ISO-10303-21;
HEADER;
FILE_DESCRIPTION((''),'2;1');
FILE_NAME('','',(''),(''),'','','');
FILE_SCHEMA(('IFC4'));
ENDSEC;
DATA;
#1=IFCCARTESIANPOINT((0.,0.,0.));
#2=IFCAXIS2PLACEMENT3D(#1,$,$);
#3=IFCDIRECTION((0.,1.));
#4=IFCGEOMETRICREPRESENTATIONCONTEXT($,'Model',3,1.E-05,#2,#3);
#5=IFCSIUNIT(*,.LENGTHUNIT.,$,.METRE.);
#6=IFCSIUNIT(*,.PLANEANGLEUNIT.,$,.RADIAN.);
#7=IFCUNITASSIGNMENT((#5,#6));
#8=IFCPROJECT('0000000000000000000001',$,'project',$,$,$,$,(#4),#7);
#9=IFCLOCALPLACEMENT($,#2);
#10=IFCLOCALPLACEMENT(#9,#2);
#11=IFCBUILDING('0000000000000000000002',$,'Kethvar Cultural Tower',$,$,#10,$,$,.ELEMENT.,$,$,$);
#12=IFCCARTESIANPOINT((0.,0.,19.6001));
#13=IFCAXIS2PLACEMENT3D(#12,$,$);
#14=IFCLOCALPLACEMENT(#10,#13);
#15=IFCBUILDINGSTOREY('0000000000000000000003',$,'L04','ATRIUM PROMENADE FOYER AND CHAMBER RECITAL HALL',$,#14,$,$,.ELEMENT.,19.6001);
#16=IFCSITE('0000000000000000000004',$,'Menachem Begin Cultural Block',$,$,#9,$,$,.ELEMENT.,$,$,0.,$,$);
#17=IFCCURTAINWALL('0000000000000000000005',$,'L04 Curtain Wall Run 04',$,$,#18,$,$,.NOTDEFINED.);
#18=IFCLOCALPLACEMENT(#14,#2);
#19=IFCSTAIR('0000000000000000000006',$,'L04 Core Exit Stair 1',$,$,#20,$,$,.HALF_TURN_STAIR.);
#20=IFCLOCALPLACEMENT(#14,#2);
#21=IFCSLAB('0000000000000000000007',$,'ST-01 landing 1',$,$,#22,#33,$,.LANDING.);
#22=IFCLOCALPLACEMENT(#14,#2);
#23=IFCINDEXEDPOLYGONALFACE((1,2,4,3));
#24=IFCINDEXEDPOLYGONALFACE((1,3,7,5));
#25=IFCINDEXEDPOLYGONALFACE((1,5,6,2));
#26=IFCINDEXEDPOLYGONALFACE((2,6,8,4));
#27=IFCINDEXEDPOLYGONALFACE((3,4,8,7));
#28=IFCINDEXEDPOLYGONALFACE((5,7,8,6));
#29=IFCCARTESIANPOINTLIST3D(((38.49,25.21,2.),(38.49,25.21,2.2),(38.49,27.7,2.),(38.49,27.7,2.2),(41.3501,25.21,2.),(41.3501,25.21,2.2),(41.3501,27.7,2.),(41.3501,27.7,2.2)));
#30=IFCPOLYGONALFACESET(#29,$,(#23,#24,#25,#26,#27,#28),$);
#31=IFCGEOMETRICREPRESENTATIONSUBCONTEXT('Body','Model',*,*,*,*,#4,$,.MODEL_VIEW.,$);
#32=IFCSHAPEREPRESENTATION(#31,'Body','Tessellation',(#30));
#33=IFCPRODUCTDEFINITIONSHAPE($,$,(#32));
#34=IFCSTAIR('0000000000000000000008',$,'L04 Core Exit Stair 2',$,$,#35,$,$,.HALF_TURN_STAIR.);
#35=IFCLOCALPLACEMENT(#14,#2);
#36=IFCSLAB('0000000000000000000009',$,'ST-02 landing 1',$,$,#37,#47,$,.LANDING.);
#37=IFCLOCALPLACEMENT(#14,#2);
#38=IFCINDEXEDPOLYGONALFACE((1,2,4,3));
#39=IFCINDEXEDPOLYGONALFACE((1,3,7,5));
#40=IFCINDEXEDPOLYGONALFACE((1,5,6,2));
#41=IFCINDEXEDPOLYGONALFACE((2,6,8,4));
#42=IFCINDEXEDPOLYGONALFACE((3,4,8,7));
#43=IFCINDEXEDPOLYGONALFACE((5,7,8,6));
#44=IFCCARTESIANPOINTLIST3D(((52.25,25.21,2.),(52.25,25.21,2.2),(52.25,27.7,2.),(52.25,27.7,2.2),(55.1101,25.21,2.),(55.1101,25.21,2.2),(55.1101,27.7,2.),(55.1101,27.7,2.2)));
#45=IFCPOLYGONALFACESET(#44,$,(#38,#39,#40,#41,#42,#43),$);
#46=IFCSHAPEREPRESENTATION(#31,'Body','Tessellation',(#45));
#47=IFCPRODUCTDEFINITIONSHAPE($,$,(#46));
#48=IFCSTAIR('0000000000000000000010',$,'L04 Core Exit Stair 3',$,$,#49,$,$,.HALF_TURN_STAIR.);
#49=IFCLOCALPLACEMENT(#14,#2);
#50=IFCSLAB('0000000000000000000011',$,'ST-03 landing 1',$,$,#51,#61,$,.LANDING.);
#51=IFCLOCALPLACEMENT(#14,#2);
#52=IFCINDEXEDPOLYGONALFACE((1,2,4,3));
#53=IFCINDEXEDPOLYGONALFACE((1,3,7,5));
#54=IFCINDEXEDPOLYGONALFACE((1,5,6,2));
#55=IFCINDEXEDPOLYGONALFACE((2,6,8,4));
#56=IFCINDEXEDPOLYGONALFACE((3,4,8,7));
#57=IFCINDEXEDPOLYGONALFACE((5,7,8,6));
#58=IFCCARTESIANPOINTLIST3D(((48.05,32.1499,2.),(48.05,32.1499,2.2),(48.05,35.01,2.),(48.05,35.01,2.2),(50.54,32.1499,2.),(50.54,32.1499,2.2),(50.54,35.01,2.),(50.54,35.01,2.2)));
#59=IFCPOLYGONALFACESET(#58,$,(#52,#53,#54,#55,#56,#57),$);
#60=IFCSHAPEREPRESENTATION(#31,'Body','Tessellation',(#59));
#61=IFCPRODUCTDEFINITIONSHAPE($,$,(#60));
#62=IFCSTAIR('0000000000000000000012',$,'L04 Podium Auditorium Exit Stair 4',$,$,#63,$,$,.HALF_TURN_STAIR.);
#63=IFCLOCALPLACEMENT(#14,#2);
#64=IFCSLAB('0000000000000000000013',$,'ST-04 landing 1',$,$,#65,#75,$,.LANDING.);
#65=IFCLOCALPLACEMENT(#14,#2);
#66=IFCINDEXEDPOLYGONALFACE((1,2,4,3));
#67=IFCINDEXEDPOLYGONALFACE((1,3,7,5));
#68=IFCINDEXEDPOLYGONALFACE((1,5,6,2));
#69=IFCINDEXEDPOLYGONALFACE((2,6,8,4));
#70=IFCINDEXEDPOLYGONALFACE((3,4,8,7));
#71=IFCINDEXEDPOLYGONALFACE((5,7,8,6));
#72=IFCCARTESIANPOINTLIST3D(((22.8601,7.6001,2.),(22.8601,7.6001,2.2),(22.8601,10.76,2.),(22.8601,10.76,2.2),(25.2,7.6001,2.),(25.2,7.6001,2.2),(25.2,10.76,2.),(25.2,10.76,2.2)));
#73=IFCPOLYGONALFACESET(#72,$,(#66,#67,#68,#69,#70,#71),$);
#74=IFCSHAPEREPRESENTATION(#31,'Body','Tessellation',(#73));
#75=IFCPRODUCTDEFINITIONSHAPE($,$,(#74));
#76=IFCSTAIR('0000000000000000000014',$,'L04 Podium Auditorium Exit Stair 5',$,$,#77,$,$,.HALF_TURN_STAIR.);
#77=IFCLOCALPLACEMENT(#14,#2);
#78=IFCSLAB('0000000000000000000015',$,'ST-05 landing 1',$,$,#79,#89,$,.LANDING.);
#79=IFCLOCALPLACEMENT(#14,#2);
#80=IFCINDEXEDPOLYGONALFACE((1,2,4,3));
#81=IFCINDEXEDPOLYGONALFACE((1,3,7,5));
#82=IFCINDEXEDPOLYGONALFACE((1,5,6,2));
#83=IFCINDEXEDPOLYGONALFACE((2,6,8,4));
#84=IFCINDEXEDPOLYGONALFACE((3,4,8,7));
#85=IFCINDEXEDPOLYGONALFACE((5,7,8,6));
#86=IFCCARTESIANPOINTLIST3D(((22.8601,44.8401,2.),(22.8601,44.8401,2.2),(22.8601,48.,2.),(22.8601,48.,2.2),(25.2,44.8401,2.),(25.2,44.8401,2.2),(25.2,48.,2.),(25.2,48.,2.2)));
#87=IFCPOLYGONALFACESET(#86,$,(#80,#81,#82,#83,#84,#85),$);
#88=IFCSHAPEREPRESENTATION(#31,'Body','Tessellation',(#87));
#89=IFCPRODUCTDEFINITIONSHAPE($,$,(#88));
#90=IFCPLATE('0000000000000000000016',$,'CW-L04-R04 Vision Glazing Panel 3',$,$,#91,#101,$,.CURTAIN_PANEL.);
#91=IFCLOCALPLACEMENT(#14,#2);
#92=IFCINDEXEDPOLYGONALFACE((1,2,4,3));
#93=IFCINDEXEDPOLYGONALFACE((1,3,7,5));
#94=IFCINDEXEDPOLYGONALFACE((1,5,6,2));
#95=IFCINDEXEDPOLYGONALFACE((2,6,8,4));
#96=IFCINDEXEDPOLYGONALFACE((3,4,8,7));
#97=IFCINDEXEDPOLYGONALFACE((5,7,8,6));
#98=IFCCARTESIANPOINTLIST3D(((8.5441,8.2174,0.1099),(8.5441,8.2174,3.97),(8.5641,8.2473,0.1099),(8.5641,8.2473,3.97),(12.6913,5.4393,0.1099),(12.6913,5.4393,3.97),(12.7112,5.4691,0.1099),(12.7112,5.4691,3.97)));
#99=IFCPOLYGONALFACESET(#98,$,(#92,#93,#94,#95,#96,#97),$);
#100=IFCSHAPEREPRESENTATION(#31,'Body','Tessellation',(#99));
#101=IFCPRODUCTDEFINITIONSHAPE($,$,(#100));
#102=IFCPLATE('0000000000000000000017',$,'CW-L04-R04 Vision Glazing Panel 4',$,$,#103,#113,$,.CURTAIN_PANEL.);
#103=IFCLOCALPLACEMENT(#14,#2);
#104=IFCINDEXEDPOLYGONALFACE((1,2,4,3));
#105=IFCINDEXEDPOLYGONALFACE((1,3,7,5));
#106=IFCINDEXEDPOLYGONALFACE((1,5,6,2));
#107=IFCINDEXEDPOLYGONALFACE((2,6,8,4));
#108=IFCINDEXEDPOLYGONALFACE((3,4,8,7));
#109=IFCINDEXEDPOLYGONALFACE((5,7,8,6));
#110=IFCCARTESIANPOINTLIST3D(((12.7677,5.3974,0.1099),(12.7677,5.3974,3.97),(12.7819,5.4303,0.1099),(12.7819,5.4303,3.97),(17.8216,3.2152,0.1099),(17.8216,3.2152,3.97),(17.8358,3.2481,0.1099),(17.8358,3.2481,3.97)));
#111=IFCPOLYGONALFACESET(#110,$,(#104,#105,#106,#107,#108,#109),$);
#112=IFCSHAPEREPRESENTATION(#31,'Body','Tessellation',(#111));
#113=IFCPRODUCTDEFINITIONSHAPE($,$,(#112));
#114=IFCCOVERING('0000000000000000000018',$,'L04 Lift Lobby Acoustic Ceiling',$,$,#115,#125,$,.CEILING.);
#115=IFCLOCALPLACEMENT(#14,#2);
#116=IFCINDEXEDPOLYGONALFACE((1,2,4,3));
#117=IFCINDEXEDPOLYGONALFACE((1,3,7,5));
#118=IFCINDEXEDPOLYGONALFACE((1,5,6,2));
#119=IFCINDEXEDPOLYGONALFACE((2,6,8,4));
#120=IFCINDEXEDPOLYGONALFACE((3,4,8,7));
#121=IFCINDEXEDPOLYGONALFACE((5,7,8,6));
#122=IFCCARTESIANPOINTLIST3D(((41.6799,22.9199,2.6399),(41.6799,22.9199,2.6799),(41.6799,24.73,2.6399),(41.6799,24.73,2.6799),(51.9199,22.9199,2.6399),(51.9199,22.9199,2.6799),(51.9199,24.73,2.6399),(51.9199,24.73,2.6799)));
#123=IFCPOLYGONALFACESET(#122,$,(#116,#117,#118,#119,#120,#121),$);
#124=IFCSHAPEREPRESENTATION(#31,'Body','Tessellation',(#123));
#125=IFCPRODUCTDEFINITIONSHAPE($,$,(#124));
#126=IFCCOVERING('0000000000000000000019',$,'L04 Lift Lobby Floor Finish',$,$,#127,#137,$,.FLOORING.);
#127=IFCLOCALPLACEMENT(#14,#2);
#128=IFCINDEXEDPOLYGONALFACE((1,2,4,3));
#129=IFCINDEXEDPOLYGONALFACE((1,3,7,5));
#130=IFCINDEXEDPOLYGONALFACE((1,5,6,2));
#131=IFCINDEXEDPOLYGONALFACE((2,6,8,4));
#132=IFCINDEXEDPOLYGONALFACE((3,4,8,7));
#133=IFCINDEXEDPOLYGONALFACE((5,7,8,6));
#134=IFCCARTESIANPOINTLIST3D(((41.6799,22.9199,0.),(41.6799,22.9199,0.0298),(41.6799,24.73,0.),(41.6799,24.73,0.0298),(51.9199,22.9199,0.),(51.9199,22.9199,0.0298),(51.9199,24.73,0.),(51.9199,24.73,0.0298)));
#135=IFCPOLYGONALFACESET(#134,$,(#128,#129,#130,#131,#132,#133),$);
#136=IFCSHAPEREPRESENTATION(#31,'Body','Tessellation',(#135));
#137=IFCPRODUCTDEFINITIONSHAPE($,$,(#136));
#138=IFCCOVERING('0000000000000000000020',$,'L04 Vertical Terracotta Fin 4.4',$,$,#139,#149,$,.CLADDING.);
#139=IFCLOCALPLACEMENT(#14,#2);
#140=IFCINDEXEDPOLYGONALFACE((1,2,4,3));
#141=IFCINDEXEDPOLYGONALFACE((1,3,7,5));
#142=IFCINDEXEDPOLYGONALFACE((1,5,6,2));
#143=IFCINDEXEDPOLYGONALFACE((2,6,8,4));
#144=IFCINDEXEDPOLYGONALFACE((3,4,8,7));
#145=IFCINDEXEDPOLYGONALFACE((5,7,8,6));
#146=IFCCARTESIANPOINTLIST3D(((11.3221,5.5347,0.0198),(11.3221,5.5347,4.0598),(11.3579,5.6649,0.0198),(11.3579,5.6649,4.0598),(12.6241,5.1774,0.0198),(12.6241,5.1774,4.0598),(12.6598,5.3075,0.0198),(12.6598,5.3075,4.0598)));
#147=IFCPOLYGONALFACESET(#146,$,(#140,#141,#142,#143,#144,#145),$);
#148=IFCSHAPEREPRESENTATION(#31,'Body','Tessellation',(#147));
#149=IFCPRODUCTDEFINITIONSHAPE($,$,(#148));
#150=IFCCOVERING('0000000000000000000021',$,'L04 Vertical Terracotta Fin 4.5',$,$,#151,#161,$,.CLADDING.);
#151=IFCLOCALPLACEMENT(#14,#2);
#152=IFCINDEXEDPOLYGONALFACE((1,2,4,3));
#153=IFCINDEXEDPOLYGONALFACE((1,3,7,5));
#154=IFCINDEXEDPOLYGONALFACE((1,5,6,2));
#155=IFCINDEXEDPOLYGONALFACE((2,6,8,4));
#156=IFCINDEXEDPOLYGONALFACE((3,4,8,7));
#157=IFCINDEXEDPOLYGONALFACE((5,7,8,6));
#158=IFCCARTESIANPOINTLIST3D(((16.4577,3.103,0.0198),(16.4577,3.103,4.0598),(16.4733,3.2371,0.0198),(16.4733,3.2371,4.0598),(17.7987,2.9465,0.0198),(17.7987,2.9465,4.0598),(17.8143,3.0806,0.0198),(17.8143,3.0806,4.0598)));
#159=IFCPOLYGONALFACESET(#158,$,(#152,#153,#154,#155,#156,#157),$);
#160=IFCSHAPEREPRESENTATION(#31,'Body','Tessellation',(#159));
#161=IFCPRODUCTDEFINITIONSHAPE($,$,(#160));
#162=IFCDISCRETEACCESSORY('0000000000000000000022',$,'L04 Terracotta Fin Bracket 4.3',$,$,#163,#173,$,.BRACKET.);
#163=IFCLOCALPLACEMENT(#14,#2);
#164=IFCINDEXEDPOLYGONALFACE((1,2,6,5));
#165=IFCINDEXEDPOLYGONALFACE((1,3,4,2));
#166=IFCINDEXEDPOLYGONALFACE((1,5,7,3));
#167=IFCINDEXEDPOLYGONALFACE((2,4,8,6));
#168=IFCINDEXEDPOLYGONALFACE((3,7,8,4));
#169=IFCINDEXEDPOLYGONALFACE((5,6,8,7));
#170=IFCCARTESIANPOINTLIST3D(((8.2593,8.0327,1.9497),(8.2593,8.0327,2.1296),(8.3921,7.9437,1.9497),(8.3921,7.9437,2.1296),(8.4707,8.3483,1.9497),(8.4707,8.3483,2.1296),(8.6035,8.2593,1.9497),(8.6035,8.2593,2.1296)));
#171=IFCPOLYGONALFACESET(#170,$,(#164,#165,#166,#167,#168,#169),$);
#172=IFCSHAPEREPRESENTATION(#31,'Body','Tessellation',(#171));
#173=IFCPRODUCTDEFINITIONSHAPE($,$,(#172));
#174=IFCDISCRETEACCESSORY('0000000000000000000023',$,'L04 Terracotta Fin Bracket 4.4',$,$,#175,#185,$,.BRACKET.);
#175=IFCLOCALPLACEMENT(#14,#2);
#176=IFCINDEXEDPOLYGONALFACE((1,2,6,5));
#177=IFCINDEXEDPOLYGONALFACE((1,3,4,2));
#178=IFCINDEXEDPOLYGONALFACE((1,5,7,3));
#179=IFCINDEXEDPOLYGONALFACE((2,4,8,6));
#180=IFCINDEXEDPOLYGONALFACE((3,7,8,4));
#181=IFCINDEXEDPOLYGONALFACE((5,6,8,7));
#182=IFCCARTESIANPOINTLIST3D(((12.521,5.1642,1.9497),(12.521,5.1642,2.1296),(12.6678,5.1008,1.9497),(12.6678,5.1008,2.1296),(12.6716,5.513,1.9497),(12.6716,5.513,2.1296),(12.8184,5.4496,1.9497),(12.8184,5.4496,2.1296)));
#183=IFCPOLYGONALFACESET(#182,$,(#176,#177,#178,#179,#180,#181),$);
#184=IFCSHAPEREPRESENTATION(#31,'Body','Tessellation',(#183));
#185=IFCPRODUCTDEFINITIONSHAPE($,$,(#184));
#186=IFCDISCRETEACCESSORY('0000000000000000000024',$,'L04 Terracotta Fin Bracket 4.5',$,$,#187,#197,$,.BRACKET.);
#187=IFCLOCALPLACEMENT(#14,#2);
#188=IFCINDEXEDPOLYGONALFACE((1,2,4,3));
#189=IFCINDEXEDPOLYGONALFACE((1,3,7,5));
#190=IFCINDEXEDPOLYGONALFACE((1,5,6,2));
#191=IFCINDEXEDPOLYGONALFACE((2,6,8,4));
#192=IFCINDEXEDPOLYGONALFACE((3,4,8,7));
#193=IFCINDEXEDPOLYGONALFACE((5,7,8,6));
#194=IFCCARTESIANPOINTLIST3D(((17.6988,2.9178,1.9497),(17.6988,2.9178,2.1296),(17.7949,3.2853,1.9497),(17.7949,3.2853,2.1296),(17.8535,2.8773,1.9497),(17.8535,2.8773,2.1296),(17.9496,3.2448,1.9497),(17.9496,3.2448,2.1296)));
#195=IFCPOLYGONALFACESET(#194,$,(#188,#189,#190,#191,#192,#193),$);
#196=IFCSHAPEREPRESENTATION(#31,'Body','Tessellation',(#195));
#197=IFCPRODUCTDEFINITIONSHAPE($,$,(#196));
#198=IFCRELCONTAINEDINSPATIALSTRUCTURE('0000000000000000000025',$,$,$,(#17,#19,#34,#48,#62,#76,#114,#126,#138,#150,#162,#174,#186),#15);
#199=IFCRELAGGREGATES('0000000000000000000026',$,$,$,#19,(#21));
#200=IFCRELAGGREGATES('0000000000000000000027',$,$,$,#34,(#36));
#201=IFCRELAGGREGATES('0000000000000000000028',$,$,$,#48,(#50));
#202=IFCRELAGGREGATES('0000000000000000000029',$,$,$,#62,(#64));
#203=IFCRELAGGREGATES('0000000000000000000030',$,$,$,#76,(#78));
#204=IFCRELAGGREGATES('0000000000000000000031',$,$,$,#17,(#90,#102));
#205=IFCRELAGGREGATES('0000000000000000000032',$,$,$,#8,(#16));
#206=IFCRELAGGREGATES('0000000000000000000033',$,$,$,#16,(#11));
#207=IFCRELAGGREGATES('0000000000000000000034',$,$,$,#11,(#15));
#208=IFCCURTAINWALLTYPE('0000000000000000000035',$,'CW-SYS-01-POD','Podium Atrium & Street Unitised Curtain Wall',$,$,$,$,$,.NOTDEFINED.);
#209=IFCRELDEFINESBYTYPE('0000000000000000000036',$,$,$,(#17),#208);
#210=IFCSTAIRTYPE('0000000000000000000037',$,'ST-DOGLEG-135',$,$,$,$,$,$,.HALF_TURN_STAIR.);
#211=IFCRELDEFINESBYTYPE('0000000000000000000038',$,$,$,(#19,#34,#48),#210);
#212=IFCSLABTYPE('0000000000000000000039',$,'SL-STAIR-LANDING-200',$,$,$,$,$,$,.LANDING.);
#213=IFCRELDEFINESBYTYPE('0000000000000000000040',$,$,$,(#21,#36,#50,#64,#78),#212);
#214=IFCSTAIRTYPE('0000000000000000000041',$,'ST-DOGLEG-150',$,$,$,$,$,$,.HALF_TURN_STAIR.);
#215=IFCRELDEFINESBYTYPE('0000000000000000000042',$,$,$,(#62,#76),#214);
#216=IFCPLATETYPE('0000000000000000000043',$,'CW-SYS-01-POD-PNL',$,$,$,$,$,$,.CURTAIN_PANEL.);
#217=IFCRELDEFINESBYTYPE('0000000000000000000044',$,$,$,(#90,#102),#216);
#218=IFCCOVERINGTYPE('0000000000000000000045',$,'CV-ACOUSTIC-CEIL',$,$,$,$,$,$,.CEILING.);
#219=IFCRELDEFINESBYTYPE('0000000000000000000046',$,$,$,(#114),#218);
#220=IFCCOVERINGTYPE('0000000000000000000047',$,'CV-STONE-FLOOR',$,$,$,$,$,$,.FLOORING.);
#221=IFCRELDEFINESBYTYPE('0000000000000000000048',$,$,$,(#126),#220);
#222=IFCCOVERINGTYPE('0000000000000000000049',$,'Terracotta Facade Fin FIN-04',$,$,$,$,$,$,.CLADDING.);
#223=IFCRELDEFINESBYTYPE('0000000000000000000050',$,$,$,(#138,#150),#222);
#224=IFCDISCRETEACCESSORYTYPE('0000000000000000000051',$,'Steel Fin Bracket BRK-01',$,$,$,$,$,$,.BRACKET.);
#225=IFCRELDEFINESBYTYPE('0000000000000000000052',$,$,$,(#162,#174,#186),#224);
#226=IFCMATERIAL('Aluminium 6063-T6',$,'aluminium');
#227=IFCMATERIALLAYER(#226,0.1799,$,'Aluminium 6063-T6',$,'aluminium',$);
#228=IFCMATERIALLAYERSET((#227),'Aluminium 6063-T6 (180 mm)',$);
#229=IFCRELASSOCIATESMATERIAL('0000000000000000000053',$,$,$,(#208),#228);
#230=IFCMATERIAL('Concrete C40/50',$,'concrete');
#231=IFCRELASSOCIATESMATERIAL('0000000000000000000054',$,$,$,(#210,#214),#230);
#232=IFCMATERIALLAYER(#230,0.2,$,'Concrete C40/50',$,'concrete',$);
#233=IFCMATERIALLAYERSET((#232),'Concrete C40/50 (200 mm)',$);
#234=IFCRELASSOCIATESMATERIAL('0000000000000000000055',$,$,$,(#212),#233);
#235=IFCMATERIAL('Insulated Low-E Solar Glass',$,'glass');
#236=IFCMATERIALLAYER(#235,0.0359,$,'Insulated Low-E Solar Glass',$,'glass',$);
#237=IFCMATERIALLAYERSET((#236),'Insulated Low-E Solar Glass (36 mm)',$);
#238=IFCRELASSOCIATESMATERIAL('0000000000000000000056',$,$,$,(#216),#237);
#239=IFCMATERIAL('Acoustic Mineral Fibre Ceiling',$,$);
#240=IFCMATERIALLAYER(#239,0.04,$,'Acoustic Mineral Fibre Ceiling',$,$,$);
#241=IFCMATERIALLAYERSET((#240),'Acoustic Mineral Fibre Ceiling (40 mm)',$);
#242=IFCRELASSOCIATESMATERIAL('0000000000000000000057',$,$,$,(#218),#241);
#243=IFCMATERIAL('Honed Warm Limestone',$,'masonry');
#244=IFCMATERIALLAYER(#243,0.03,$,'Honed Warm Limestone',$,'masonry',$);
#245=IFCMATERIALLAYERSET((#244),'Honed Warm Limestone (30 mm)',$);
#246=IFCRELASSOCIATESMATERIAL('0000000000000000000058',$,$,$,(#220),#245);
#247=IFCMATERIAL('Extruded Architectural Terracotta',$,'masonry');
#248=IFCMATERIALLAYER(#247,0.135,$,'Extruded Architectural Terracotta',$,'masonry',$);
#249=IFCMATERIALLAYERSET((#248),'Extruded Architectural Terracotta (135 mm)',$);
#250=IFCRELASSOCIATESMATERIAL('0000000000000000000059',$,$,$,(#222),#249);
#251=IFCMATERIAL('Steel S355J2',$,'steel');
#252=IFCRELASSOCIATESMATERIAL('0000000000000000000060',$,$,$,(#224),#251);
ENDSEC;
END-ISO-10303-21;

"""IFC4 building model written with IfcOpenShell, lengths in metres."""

from ifc_helpers import new_model, si_unit, direction, frame, origin, origin_2d, place, context, subcontext, project, spatial, polyline, rectangle, outline, extrude, source, transform, mapped, material, layer, layer_set, type_object, element, aggregate, save


model = new_model("IFC4")

# Units and contexts
model_context = context("Model", 3, precision=1e-05, world=origin(), true_north=direction((0.0, 1.0)))
body_context = subcontext(model_context, "Body", "Model", "MODEL_VIEW")
ifc_project = project(units=[si_unit("LENGTHUNIT", "METRE"), si_unit("PLANEANGLEUNIT", "RADIAN")], contexts=[model_context])

# Site, building, storey
site_placement = place(None, origin())
site = spatial("IfcSite", under=ifc_project, at=site_placement, Name="Menachem Begin Cultural Block", CompositionType="ELEMENT", RefElevation=0.0)
building_placement = place(site_placement, origin())
building = spatial("IfcBuilding", under=site, at=building_placement, Name="Kethvar Cultural Tower", CompositionType="ELEMENT")
storey_placement = place(building_placement, frame((0.0, 0.0, 19.6001)))
storey = spatial("IfcBuildingStorey", under=building, at=storey_placement, Name="L04", Description="ATRIUM PROMENADE FOYER AND CHAMBER RECITAL HALL", CompositionType="ELEMENT", Elevation=19.6001)

# Curtain wall
ifc_material_1 = material(Name="Aluminium 6063-T6", Category="aluminium")
ifc_layer_1 = layer(ifc_material_1, 0.1799, Name="Aluminium 6063-T6", Category="aluminium")
ifc_layer_set_1 = layer_set([ifc_layer_1], Name="Aluminium 6063-T6 (180 mm)")
curtain_wall_type = type_object("IfcCurtainWallType", Name="CW-SYS-01-POD", Description="Podium Atrium & Street Unitised Curtain Wall", PredefinedType="NOTDEFINED", material=ifc_layer_set_1)
curtain_wall_placement = place(storey_placement, origin())
curtain_wall = element("IfcCurtainWall", 1, at=curtain_wall_placement, inside=storey, type_object=curtain_wall_type, Name="L04 Curtain Wall Run 04", PredefinedType="NOTDEFINED")

# Shared definitions
ifc_material_2 = material(Name="Concrete C40/50", Category="concrete")

# Stairs, slabs
stair_type_1 = type_object("IfcStairType", Name="ST-DOGLEG-135", PredefinedType="HALF_TURN_STAIR", material=ifc_material_2)
stair_1_placement = place(storey_placement, origin())
stair_1 = element("IfcStair", 2, at=stair_1_placement, inside=storey, type_object=stair_type_1, Name="L04 Core Exit Stair 1", PredefinedType="HALF_TURN_STAIR")
ifc_layer_2 = layer(ifc_material_2, 0.2, Name="Concrete C40/50", Category="concrete")
ifc_layer_set_2 = layer_set([ifc_layer_2], Name="Concrete C40/50 (200 mm)")
slab_type_1 = type_object("IfcSlabType", Name="SL-STAIR-LANDING-200", PredefinedType="LANDING", material=ifc_layer_set_2)
slab_1_placement = place(storey_placement, frame((0.0, 0.0, 2.0)))
slab_1 = element("IfcSlab", 3, at=slab_1_placement, type_object=slab_type_1, Name="ST-01 landing 1", PredefinedType="LANDING", context=body_context, shape_type="SweptSolid", body=[
    extrude(outline(polyline([(41.3501, 25.21), (41.3501, 27.7), (38.49, 27.7), (38.49, 25.21), (41.3501, 25.21)])), origin(), (0.0, 0.0, 1.0), 0.2),
])
aggregate(stair_1, [slab_1])
stair_2_placement = place(storey_placement, origin())
stair_2 = element("IfcStair", 4, at=stair_2_placement, inside=storey, type_object=stair_type_1, Name="L04 Core Exit Stair 2", PredefinedType="HALF_TURN_STAIR")
slab_2_placement = place(storey_placement, frame((0.0, 0.0, 2.0)))
slab_2 = element("IfcSlab", 5, at=slab_2_placement, type_object=slab_type_1, Name="ST-02 landing 1", PredefinedType="LANDING", context=body_context, shape_type="SweptSolid", body=[
    extrude(outline(polyline([(55.1101, 25.21), (55.1101, 27.7), (52.25, 27.7), (52.25, 25.21), (55.1101, 25.21)])), origin(), (0.0, 0.0, 1.0), 0.2),
])
aggregate(stair_2, [slab_2])
stair_3_placement = place(storey_placement, origin())
stair_3 = element("IfcStair", 6, at=stair_3_placement, inside=storey, type_object=stair_type_1, Name="L04 Core Exit Stair 3", PredefinedType="HALF_TURN_STAIR")
slab_3_placement = place(storey_placement, frame((0.0, 0.0, 2.0)))
slab_3 = element("IfcSlab", 7, at=slab_3_placement, type_object=slab_type_1, Name="ST-03 landing 1", PredefinedType="LANDING", context=body_context, shape_type="SweptSolid", body=[
    extrude(outline(polyline([(50.54, 35.01), (48.05, 35.01), (48.05, 32.1499), (50.54, 32.1499), (50.54, 35.01)])), origin(), (0.0, 0.0, 1.0), 0.2),
])
aggregate(stair_3, [slab_3])
stair_type_2 = type_object("IfcStairType", Name="ST-DOGLEG-150", PredefinedType="HALF_TURN_STAIR", material=ifc_material_2)
stair_4_placement = place(storey_placement, origin())
stair_4 = element("IfcStair", 8, at=stair_4_placement, inside=storey, type_object=stair_type_2, Name="L04 Podium Auditorium Exit Stair 4", PredefinedType="HALF_TURN_STAIR")
slab_4_placement = place(storey_placement, frame((0.0, 0.0, 2.0)))
slab_4 = element("IfcSlab", 9, at=slab_4_placement, type_object=slab_type_1, Name="ST-04 landing 1", PredefinedType="LANDING", context=body_context, shape_type="SweptSolid", body=[
    extrude(outline(polyline([(22.8601, 7.6001), (25.2, 7.6001), (25.2, 10.76), (22.8601, 10.76), (22.8601, 7.6001)])), origin(), (0.0, 0.0, 1.0), 0.2),
])
aggregate(stair_4, [slab_4])
stair_5_placement = place(storey_placement, origin())
stair_5 = element("IfcStair", 10, at=stair_5_placement, inside=storey, type_object=stair_type_2, Name="L04 Podium Auditorium Exit Stair 5", PredefinedType="HALF_TURN_STAIR")
slab_5_placement = place(storey_placement, frame((0.0, 0.0, 2.0)))
slab_5 = element("IfcSlab", 11, at=slab_5_placement, type_object=slab_type_1, Name="ST-05 landing 1", PredefinedType="LANDING", context=body_context, shape_type="SweptSolid", body=[
    extrude(outline(polyline([(22.8601, 44.8401), (25.2, 44.8401), (25.2, 48.0), (22.8601, 48.0), (22.8601, 44.8401)])), origin(), (0.0, 0.0, 1.0), 0.2),
])
aggregate(stair_5, [slab_5])

# Plates
ifc_material_3 = material(Name="Insulated Low-E Solar Glass", Category="glass")
ifc_layer_3 = layer(ifc_material_3, 0.0359, Name="Insulated Low-E Solar Glass", Category="glass")
ifc_layer_set_3 = layer_set([ifc_layer_3], Name="Insulated Low-E Solar Glass (36 mm)")
plate_type = type_object("IfcPlateType", Name="CW-SYS-01-POD-PNL", PredefinedType="CURTAIN_PANEL", material=ifc_layer_set_3)
shared_shape_1 = source(origin(), body_context, "Body", "SweptSolid", [
    extrude(rectangle(XDim=4.9917, YDim=0.0359, at=origin_2d()), origin(), (0.0, 0.0, 1.0), 3.8601),
])
plate_1_placement = place(storey_placement, frame((10.6277, 6.8433, 0.1099), z_axis=(0.0, 0.0, 1.0), x_axis=(0.83081, -0.556557, 0.0)))
plate_1 = element("IfcPlate", 12, at=plate_1_placement, type_object=plate_type, Name="CW-L04-R04 Vision Glazing Panel 3", PredefinedType="CURTAIN_PANEL", context=body_context, shape_type="MappedRepresentation", body=[
    mapped(shared_shape_1, transform((0.0, 0.0, 0.0), scale=1.0)),
])
shared_shape_2 = source(origin(), body_context, "Body", "SweptSolid", [
    extrude(rectangle(XDim=5.5049, YDim=0.0359, at=origin_2d()), origin(), (0.0, 0.0, 1.0), 3.8601),
])
plate_2_placement = place(storey_placement, frame((15.3018, 4.3228, 0.1099), z_axis=(0.0, 0.0, 1.0), x_axis=(0.918073, -0.396411, 0.0)))
plate_2 = element("IfcPlate", 13, at=plate_2_placement, type_object=plate_type, Name="CW-L04-R04 Vision Glazing Panel 4", PredefinedType="CURTAIN_PANEL", context=body_context, shape_type="MappedRepresentation", body=[
    mapped(shared_shape_2, transform((0.0, 0.0, 0.0), scale=1.0)),
])
aggregate(curtain_wall, [plate_1, plate_2])

# Shared definitions
ifc_material_4 = material(Name="Steel S355J2", Category="steel")

# Coverings
ifc_material_5 = material(Name="Acoustic Mineral Fibre Ceiling")
ifc_layer_4 = layer(ifc_material_5, 0.04, Name="Acoustic Mineral Fibre Ceiling")
ifc_layer_set_4 = layer_set([ifc_layer_4], Name="Acoustic Mineral Fibre Ceiling (40 mm)")
covering_type_1 = type_object("IfcCoveringType", Name="CV-ACOUSTIC-CEIL", PredefinedType="CEILING", material=ifc_layer_set_4)
covering_1_placement = place(storey_placement, frame((0.0, 0.0, 2.6399)))
element("IfcCovering", 14, at=covering_1_placement, inside=storey, type_object=covering_type_1, Name="L04 Lift Lobby Acoustic Ceiling", PredefinedType="CEILING", context=body_context, shape_type="SweptSolid", body=[
    extrude(outline(polyline([(41.6799, 22.9199), (51.9199, 22.9199), (51.9199, 24.73), (41.6799, 24.73), (41.6799, 22.9199)])), origin(), (0.0, 0.0, 1.0), 0.04),
])
ifc_material_6 = material(Name="Honed Warm Limestone", Category="masonry")
ifc_layer_5 = layer(ifc_material_6, 0.03, Name="Honed Warm Limestone", Category="masonry")
ifc_layer_set_5 = layer_set([ifc_layer_5], Name="Honed Warm Limestone (30 mm)")
covering_type_2 = type_object("IfcCoveringType", Name="CV-STONE-FLOOR", PredefinedType="FLOORING", material=ifc_layer_set_5)
covering_2_placement = place(storey_placement, origin())
element("IfcCovering", 15, at=covering_2_placement, inside=storey, type_object=covering_type_2, Name="L04 Lift Lobby Floor Finish", PredefinedType="FLOORING", context=body_context, shape_type="SweptSolid", body=[
    extrude(outline(polyline([(41.6799, 22.9199), (51.9199, 22.9199), (51.9199, 24.73), (41.6799, 24.73), (41.6799, 22.9199)])), origin(), (0.0, 0.0, 1.0), 0.0298),
])
ifc_material_7 = material(Name="Extruded Architectural Terracotta", Category="masonry")
ifc_layer_6 = layer(ifc_material_7, 0.135, Name="Extruded Architectural Terracotta", Category="masonry")
ifc_layer_set_6 = layer_set([ifc_layer_6], Name="Extruded Architectural Terracotta (135 mm)")
covering_type_3 = type_object("IfcCoveringType", Name="Terracotta Facade Fin FIN-04", PredefinedType="CLADDING", material=ifc_layer_set_6)
shared_shape_3 = source(origin(), body_context, "Body", "SweptSolid", [
    extrude(rectangle(XDim=1.3501, YDim=0.135, at=origin_2d()), origin(), (0.0, 0.0, 1.0), 4.04),
])
for number, where, z_axis, x_axis, name in (
    (16, (11.991, 5.4211, 0.0198), (0.0, 0.0, 1.0), (-0.964327, 0.264715, 0.0), "L04 Vertical Terracotta Fin 4.4"),
    (17, (17.136, 3.0918, 0.0198), (0.0, 0.0, 1.0), (-0.993252, 0.115977, 0.0), "L04 Vertical Terracotta Fin 4.5"),
):
    element("IfcCovering", number, at=place(storey_placement, frame(where, z_axis=z_axis, x_axis=x_axis)), inside=storey, type_object=covering_type_3, Name=name, PredefinedType="CLADDING", context=body_context, shape_type="MappedRepresentation", body=[
        mapped(shared_shape_3, transform((0.0, 0.0, 0.0), scale=1.0)),
    ])

# Discrete accessories
discrete_accessory_type = type_object("IfcDiscreteAccessoryType", Name="Steel Fin Bracket BRK-01", PredefinedType="BRACKET", material=ifc_material_4)
shared_shape_4 = source(origin(), body_context, "Body", "SweptSolid", [
    extrude(rectangle(XDim=0.3799, YDim=0.1599, at=origin_2d()), origin(), (0.0, 0.0, 1.0), 0.1799),
])
for number, where, z_axis, x_axis, name in (
    (18, (8.4314, 8.146, 1.9497), (0.0, 0.0, 1.0), (-0.556586, -0.83079, 0.0), "L04 Terracotta Fin Bracket 4.3"),
    (19, (12.6697, 5.3069, 1.9497), (0.0, 0.0, 1.0), (-0.396347, -0.918101, 0.0), "L04 Terracotta Fin Bracket 4.4"),
    (20, (17.8242, 3.0813, 1.9497), (0.0, 0.0, 1.0), (-0.253083, -0.967445, 0.0), "L04 Terracotta Fin Bracket 4.5"),
):
    element("IfcDiscreteAccessory", number, at=place(storey_placement, frame(where, z_axis=z_axis, x_axis=x_axis)), inside=storey, type_object=discrete_accessory_type, Name=name, PredefinedType="BRACKET", context=body_context, shape_type="MappedRepresentation", body=[
        mapped(shared_shape_4, transform((0.0, 0.0, 0.0), scale=1.0)),
    ])

save(model, "model.ifc")
